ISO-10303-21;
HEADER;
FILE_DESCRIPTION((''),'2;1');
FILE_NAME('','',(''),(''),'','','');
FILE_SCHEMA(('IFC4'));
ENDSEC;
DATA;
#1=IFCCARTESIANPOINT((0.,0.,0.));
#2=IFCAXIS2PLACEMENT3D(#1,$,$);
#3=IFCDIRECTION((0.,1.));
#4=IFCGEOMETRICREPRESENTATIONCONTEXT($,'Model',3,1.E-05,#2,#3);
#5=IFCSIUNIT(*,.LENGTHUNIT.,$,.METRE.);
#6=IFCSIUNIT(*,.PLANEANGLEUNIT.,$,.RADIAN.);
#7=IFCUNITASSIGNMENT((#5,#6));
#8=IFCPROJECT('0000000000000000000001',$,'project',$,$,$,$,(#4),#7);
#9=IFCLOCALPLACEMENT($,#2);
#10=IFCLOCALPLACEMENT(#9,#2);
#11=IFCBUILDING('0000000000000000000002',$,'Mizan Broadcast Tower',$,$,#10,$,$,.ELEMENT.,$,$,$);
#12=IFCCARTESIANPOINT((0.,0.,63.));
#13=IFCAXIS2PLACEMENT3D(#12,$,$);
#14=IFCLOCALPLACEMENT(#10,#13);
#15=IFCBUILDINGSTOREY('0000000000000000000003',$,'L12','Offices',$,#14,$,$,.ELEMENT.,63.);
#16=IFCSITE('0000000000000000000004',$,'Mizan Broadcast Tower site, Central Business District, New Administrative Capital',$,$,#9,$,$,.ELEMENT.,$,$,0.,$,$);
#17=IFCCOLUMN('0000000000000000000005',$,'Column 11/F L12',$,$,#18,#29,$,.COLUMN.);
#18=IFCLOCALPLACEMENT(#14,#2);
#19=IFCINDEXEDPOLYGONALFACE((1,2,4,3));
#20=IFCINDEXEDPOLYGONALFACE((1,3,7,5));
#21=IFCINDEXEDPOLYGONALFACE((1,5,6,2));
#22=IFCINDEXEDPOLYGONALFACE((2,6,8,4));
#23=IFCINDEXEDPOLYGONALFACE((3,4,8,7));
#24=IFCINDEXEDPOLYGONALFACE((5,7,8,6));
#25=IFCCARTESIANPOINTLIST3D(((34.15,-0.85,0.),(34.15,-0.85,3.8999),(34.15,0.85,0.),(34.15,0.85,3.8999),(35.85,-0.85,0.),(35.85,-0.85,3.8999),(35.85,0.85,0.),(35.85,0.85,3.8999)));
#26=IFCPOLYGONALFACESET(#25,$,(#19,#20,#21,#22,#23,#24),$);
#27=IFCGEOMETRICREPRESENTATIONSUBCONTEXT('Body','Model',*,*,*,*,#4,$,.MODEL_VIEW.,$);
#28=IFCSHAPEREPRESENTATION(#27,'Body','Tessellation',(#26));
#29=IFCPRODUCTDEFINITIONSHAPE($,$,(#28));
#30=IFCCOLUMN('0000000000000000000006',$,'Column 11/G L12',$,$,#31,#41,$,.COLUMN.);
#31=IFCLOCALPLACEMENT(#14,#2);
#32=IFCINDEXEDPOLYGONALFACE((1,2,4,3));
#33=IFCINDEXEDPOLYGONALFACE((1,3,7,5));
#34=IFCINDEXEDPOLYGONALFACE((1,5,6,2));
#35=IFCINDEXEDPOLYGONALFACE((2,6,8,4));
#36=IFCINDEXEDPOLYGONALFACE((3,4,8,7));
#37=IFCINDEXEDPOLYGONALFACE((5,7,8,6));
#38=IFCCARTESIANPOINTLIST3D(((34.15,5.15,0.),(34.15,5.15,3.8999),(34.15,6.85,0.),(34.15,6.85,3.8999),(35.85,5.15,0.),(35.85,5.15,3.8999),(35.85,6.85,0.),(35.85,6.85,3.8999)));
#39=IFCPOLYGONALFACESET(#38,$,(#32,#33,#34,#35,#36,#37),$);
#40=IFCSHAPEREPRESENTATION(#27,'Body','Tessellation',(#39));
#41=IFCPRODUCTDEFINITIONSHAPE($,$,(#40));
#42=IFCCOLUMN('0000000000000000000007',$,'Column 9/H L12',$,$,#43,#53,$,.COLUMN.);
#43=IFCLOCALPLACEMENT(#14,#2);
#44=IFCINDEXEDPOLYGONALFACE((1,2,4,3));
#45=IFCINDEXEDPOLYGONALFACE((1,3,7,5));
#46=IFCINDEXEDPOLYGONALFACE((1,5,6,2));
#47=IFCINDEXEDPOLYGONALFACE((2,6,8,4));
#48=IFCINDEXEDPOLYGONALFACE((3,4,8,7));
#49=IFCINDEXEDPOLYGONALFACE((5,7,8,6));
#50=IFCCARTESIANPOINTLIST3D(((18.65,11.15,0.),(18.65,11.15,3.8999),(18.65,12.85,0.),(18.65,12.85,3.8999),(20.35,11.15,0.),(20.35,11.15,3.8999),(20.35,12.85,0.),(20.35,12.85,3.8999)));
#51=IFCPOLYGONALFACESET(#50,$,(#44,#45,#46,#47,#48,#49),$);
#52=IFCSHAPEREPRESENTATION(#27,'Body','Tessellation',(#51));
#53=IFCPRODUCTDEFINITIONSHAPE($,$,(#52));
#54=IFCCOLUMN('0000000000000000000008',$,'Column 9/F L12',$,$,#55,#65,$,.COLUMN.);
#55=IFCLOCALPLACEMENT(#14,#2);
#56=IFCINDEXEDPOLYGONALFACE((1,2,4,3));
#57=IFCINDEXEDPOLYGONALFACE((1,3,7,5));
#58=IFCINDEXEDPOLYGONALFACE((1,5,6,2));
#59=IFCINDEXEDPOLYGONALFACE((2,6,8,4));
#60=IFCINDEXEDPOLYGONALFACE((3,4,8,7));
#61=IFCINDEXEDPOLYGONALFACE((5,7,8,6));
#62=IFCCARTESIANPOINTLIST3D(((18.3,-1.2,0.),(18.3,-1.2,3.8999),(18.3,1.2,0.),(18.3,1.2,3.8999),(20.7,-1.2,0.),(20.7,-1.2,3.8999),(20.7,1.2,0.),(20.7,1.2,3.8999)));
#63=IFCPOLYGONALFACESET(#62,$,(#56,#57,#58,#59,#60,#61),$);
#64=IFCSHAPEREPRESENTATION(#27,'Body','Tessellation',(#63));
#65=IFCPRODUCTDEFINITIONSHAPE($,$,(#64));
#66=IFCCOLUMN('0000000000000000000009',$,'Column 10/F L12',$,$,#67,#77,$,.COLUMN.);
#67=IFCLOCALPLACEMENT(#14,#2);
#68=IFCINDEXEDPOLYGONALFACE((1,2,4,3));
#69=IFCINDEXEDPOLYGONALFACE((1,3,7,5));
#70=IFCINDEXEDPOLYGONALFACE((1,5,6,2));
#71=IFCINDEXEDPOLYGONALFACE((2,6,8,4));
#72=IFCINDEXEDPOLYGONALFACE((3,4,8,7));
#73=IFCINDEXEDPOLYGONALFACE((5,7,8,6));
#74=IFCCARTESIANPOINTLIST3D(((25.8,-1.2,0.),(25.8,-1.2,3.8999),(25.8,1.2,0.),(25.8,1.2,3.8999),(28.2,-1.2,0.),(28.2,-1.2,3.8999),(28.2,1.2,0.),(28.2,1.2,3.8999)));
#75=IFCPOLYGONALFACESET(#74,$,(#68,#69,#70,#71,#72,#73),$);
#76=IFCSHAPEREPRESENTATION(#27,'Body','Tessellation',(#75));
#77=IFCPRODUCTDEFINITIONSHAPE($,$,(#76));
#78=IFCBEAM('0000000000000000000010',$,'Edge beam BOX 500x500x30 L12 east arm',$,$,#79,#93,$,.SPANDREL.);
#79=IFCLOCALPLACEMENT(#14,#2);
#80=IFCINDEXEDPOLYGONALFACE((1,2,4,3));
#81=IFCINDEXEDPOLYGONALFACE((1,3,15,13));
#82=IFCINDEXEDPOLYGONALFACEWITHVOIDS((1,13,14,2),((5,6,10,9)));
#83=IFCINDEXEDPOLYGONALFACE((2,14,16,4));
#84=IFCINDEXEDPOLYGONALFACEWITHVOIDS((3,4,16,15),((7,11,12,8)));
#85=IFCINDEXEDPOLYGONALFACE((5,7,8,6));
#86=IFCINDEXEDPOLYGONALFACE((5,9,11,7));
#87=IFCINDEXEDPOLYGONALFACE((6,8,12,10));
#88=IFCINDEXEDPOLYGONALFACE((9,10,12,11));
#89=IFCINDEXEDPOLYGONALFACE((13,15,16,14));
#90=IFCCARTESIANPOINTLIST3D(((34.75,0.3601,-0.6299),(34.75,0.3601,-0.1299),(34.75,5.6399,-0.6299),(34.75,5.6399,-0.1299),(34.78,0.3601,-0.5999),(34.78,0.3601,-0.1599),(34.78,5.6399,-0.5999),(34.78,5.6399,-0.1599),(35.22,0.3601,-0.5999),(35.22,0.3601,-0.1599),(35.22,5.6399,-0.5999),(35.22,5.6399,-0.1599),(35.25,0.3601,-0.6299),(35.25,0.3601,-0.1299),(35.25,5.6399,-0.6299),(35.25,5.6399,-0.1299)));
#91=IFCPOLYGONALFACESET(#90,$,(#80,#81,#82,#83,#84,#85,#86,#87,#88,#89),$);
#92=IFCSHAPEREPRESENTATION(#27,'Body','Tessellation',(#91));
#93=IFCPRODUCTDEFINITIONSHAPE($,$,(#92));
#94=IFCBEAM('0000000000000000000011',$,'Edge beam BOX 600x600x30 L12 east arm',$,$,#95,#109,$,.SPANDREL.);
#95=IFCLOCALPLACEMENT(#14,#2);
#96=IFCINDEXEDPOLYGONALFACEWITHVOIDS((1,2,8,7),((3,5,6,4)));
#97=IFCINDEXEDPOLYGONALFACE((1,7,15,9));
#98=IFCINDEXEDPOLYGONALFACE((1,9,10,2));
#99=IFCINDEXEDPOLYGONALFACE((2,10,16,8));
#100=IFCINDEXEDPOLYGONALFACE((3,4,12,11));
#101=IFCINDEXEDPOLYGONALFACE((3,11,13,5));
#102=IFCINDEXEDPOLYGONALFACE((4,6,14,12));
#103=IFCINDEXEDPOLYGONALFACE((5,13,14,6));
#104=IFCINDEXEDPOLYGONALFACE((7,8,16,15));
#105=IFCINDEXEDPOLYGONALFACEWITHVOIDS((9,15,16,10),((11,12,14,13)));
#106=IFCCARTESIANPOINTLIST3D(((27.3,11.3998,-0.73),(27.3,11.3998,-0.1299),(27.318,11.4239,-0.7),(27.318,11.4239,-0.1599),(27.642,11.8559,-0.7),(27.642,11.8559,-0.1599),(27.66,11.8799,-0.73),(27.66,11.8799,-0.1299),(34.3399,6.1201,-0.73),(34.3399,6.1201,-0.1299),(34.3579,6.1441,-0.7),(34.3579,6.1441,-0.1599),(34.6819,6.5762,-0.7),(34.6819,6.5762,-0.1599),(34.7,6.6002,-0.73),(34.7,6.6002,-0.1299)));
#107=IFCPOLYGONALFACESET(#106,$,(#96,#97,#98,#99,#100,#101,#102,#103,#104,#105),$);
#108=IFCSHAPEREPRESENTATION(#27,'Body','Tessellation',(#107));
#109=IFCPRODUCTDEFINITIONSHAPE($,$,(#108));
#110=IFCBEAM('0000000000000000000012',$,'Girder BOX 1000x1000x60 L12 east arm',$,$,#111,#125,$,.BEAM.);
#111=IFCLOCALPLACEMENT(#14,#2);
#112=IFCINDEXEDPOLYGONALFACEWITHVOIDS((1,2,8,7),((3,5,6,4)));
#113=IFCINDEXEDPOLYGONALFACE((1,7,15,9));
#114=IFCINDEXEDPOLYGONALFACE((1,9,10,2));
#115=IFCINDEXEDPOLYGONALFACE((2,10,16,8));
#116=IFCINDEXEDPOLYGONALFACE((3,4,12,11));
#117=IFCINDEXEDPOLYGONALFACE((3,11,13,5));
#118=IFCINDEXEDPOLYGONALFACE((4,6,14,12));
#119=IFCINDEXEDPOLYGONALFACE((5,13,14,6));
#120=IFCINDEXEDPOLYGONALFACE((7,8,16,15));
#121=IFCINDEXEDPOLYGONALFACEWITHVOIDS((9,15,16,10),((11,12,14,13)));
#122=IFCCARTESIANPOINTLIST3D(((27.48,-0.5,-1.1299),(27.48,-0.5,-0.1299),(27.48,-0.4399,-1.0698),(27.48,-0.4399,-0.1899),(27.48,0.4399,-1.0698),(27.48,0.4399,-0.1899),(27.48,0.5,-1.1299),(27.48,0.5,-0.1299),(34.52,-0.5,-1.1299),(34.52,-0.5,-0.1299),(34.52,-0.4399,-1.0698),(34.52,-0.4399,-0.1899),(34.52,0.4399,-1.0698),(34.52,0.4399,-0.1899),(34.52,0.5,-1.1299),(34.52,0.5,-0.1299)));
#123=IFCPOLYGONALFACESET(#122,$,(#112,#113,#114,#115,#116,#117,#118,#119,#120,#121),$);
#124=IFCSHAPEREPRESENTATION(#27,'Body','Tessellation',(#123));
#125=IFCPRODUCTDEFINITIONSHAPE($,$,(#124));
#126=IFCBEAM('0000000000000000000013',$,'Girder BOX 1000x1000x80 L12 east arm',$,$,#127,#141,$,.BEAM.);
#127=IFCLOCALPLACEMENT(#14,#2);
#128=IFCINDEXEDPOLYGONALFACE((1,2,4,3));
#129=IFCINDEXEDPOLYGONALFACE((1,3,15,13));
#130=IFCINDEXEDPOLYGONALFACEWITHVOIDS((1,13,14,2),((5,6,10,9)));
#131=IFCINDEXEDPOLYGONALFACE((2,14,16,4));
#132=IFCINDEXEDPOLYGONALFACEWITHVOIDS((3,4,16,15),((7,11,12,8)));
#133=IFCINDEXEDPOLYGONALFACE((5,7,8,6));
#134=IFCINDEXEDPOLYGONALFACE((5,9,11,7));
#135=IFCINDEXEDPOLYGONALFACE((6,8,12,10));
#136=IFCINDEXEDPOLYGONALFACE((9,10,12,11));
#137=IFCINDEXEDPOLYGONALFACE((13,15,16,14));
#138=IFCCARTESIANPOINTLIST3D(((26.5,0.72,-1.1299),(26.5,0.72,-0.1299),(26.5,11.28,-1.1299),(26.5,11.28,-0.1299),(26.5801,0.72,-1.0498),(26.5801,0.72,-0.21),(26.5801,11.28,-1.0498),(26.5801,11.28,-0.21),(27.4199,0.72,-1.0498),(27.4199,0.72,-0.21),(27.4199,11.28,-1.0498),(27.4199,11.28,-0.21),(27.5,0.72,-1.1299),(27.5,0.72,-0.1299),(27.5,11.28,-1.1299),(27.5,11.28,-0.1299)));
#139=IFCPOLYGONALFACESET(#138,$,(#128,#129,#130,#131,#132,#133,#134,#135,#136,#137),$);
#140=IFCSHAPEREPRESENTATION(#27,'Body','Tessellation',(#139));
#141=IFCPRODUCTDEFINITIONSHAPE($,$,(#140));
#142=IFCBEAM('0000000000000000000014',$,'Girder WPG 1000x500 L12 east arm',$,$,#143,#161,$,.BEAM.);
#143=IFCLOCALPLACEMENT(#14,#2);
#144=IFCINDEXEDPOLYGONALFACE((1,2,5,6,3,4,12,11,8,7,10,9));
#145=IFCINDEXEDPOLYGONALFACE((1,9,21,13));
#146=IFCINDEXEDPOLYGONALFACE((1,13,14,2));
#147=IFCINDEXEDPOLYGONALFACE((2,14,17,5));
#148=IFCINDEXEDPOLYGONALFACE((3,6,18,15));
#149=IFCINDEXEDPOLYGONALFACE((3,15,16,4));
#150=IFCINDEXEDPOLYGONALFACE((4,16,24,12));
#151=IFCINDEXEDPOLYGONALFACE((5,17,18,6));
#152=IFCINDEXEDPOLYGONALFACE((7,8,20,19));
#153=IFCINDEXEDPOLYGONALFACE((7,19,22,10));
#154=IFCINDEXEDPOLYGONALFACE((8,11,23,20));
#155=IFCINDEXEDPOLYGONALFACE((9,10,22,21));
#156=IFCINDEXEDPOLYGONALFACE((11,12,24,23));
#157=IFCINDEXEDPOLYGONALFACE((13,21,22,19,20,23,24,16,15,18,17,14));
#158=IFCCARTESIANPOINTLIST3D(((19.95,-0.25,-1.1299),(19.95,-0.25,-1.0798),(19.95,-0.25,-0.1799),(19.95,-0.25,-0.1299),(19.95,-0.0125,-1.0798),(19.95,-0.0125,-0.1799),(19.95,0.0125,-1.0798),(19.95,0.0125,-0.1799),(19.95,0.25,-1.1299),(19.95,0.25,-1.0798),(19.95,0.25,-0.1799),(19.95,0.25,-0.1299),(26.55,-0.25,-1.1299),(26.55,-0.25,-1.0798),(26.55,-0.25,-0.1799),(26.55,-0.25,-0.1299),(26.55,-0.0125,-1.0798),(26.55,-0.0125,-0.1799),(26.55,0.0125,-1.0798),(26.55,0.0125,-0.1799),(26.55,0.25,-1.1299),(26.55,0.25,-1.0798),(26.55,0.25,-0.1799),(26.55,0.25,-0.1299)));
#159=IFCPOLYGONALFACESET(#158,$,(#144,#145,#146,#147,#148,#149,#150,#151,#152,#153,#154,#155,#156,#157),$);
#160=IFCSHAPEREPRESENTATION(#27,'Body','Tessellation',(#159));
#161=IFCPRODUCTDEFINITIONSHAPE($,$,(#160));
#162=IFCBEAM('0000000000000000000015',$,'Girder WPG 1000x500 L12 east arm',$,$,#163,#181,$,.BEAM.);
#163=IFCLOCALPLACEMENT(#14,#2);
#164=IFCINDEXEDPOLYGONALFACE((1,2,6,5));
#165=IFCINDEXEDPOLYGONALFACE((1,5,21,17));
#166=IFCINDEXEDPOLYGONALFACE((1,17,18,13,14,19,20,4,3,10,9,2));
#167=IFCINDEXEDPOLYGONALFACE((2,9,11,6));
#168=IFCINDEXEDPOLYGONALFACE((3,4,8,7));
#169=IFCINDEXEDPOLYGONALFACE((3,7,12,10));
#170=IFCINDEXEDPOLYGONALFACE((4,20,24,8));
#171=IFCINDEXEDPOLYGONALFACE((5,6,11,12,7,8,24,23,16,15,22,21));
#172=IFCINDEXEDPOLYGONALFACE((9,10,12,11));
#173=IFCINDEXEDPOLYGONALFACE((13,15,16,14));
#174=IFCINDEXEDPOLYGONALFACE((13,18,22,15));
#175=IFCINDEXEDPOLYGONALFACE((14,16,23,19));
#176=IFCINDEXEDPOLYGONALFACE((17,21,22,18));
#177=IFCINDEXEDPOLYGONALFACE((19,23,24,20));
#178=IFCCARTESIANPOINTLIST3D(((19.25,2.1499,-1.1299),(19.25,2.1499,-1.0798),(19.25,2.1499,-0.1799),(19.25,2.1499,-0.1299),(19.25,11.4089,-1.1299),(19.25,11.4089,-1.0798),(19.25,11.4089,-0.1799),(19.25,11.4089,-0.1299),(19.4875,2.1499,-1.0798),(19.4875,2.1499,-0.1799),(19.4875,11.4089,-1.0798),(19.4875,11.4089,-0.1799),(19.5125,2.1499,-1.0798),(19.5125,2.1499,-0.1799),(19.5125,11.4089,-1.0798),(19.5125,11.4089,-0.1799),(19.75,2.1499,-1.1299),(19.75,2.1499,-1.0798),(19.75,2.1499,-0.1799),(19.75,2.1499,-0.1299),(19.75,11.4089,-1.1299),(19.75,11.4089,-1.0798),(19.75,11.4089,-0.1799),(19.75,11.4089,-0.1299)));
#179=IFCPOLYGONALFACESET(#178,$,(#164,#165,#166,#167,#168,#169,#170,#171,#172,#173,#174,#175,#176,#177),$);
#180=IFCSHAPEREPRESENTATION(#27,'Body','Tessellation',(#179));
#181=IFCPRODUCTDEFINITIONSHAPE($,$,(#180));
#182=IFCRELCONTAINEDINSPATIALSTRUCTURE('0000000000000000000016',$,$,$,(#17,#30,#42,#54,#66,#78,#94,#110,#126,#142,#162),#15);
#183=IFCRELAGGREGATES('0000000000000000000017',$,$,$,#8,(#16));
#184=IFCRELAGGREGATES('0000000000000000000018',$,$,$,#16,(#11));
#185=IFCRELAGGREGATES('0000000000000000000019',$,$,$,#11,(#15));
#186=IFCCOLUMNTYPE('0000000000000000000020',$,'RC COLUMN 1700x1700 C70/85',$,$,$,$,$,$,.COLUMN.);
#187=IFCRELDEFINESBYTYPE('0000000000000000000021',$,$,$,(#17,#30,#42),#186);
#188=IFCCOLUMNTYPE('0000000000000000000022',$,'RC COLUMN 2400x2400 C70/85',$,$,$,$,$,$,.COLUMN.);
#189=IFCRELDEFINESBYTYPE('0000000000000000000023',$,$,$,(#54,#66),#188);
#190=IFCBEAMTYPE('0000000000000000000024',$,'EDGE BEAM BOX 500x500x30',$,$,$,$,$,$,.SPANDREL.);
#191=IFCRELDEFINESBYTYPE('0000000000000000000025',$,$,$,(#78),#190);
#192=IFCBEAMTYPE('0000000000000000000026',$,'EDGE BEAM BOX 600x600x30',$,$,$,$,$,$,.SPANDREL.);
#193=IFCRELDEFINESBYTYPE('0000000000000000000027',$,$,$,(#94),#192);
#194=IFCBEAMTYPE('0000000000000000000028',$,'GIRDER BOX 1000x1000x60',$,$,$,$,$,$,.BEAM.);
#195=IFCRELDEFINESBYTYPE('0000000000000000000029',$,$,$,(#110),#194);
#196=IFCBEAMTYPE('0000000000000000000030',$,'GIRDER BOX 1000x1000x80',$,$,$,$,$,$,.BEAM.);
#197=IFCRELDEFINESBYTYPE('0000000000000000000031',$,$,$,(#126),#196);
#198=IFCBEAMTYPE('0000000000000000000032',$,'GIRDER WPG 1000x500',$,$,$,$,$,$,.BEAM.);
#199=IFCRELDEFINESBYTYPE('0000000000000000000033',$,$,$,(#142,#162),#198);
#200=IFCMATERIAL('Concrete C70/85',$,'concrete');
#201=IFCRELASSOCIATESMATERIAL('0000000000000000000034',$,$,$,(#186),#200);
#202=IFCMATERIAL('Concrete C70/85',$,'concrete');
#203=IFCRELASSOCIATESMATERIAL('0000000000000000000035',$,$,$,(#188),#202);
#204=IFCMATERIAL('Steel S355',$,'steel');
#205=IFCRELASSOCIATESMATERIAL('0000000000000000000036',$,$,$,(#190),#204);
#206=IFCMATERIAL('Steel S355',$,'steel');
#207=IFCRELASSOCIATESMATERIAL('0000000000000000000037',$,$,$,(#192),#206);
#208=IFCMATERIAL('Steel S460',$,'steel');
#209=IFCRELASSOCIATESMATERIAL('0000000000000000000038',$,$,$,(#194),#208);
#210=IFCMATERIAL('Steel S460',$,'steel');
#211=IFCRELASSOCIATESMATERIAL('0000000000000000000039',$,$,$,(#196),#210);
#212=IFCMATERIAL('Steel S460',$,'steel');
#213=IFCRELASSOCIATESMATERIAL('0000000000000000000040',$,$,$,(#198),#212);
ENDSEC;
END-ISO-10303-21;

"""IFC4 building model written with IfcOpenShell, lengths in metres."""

from ifc_helpers import new_model, si_unit, direction, frame, origin, origin_2d, place, context, subcontext, project, spatial, rectangle, hollow_rectangle, i_section, extrude, material, material_profile, profile_set, type_object, element, save


model = new_model("IFC4")

# Units and contexts
model_context = context("Model", 3, precision=1e-05, world=origin(), true_north=direction((0.0, 1.0)))
body_context = subcontext(model_context, "Body", "Model", "MODEL_VIEW")
ifc_project = project(units=[si_unit("LENGTHUNIT", "METRE"), si_unit("PLANEANGLEUNIT", "RADIAN")], contexts=[model_context])

# Site, building, storey
site_placement = place(None, origin())
site = spatial("IfcSite", under=ifc_project, at=site_placement, Name="Mizan Broadcast Tower site, Central Business District, New Administrative Capital", CompositionType="ELEMENT", RefElevation=0.0)
building_placement = place(site_placement, origin())
building = spatial("IfcBuilding", under=site, at=building_placement, Name="Mizan Broadcast Tower", CompositionType="ELEMENT")
storey_placement = place(building_placement, frame((0.0, 0.0, 63.0)))
storey = spatial("IfcBuildingStorey", under=building, at=storey_placement, Name="L12", Description="Offices", CompositionType="ELEMENT", Elevation=63.0)

# Columns
ifc_material_1 = material(Name="Concrete C70/85", Category="concrete")
ifc_material_profile_1 = material_profile(ifc_material_1, rectangle(XDim=1.7, YDim=1.7, at=origin_2d()), Name="RC 1700x1700")
ifc_profile_set_1 = profile_set([ifc_material_profile_1], Name="Concrete C70/85")
column_type_1 = type_object("IfcColumnType", Name="RC COLUMN 1700x1700 C70/85", PredefinedType="COLUMN", material=ifc_profile_set_1)
for number, where, z_axis, x_axis, name in (
    (1, (35.0, 0.0, 0.0), (0.0, 0.0, 1.0), (1.0, 0.0, 0.0), "Column 11/F L12"),
    (2, (35.0, 6.0, 0.0), (0.0, 0.0, 1.0), (1.0, 0.0, 0.0), "Column 11/G L12"),
    (3, (19.5, 12.0, 0.0), (0.0, 0.0, 1.0), (1.0, 0.0, 0.0), "Column 9/H L12"),
):
    element("IfcColumn", number, at=place(storey_placement, frame(where, z_axis=z_axis, x_axis=x_axis)), inside=storey, type_object=column_type_1, Name=name, PredefinedType="COLUMN", context=body_context, shape_type="SweptSolid", body=[
        extrude(rectangle(XDim=1.7, YDim=1.7, at=origin_2d()), origin(), (0.0, 0.0, 1.0), 3.8999),
    ])
ifc_material_2 = material(Name="Concrete C70/85", Category="concrete")
ifc_material_profile_2 = material_profile(ifc_material_2, rectangle(XDim=2.3999, YDim=2.3999, at=origin_2d()), Name="RC 2400x2400")
ifc_profile_set_2 = profile_set([ifc_material_profile_2], Name="Concrete C70/85")
column_type_2 = type_object("IfcColumnType", Name="RC COLUMN 2400x2400 C70/85", PredefinedType="COLUMN", material=ifc_profile_set_2)
for number, where, z_axis, x_axis, name in (
    (4, (19.5, 0.0, 0.0), (0.0, 0.0, 1.0), (1.0, 0.0, 0.0), "Column 9/F L12"),
    (5, (27.0, 0.0, 0.0), (0.0, 0.0, 1.0), (1.0, 0.0, 0.0), "Column 10/F L12"),
):
    element("IfcColumn", number, at=place(storey_placement, frame(where, z_axis=z_axis, x_axis=x_axis)), inside=storey, type_object=column_type_2, Name=name, PredefinedType="COLUMN", context=body_context, shape_type="SweptSolid", body=[
        extrude(rectangle(XDim=2.3999, YDim=2.3999, at=origin_2d()), origin(), (0.0, 0.0, 1.0), 3.8999),
    ])

# Beams
ifc_material_3 = material(Name="Steel S355", Category="steel")
ifc_material_profile_3 = material_profile(ifc_material_3, hollow_rectangle(XDim=0.5, YDim=0.5, WallThickness=0.03, at=origin_2d()), Name="BOX 500x500x30")
ifc_profile_set_3 = profile_set([ifc_material_profile_3], Name="Steel S355")
beam_type_1 = type_object("IfcBeamType", Name="EDGE BEAM BOX 500x500x30", PredefinedType="SPANDREL", material=ifc_profile_set_3)
beam_1_placement = place(storey_placement, frame((35.0, 5.6399, -0.3799), z_axis=(0.0, -1.0, 0.0), x_axis=(1.0, 0.0, 0.0)))
element("IfcBeam", 6, at=beam_1_placement, inside=storey, type_object=beam_type_1, Name="Edge beam BOX 500x500x30 L12 east arm", PredefinedType="SPANDREL", context=body_context, shape_type="SweptSolid", body=[
    extrude(hollow_rectangle(XDim=0.5, YDim=0.5, WallThickness=0.03, at=origin_2d()), origin(), (0.0, 0.0, 1.0), 5.2798),
])
ifc_material_4 = material(Name="Steel S355", Category="steel")
ifc_material_profile_4 = material_profile(ifc_material_4, hollow_rectangle(XDim=0.6001, YDim=0.6001, WallThickness=0.03, at=origin_2d()), Name="BOX 600x600x30")
ifc_profile_set_4 = profile_set([ifc_material_profile_4], Name="Steel S355")
beam_type_2 = type_object("IfcBeamType", Name="EDGE BEAM BOX 600x600x30", PredefinedType="SPANDREL", material=ifc_profile_set_4)
beam_2_placement = place(storey_placement, frame((27.48, 11.6399, -0.4299), z_axis=(0.800013, -0.599982, 0.0), x_axis=(0.599982, 0.800013, 0.0)))
element("IfcBeam", 7, at=beam_2_placement, inside=storey, type_object=beam_type_2, Name="Edge beam BOX 600x600x30 L12 east arm", PredefinedType="SPANDREL", context=body_context, shape_type="SweptSolid", body=[
    extrude(hollow_rectangle(XDim=0.6001, YDim=0.6001, WallThickness=0.03, at=origin_2d()), origin(), (0.0, 0.0, 1.0), 8.7998),
])
ifc_material_5 = material(Name="Steel S460", Category="steel")
ifc_material_profile_5 = material_profile(ifc_material_5, hollow_rectangle(XDim=1.0, YDim=1.0, WallThickness=0.0601, at=origin_2d()), Name="BOX 1000x1000x60")
ifc_profile_set_5 = profile_set([ifc_material_profile_5], Name="Steel S460")
beam_type_3 = type_object("IfcBeamType", Name="GIRDER BOX 1000x1000x60", PredefinedType="BEAM", material=ifc_profile_set_5)
beam_3_placement = place(storey_placement, frame((27.48, 0.0, -0.6299), z_axis=(1.0, 0.0, 0.0), x_axis=(0.0, 1.0, 0.0)))
element("IfcBeam", 8, at=beam_3_placement, inside=storey, type_object=beam_type_3, Name="Girder BOX 1000x1000x60 L12 east arm", PredefinedType="BEAM", context=body_context, shape_type="SweptSolid", body=[
    extrude(hollow_rectangle(XDim=1.0, YDim=1.0, WallThickness=0.0601, at=origin_2d()), origin(), (0.0, 0.0, 1.0), 7.04),
])
ifc_material_6 = material(Name="Steel S460", Category="steel")
ifc_material_profile_6 = material_profile(ifc_material_6, hollow_rectangle(XDim=1.0, YDim=1.0, WallThickness=0.0801, at=origin_2d()), Name="BOX 1000x1000x80")
ifc_profile_set_6 = profile_set([ifc_material_profile_6], Name="Steel S460")
beam_type_4 = type_object("IfcBeamType", Name="GIRDER BOX 1000x1000x80", PredefinedType="BEAM", material=ifc_profile_set_6)
beam_4_placement = place(storey_placement, frame((27.0, 11.28, -0.6299), z_axis=(0.0, -1.0, 0.0), x_axis=(1.0, 0.0, 0.0)))
element("IfcBeam", 9, at=beam_4_placement, inside=storey, type_object=beam_type_4, Name="Girder BOX 1000x1000x80 L12 east arm", PredefinedType="BEAM", context=body_context, shape_type="SweptSolid", body=[
    extrude(hollow_rectangle(XDim=1.0, YDim=1.0, WallThickness=0.0801, at=origin_2d()), origin(), (0.0, 0.0, 1.0), 10.5601),
])
ifc_material_7 = material(Name="Steel S460", Category="steel")
ifc_material_profile_7 = material_profile(ifc_material_7, i_section(OverallWidth=0.5, OverallDepth=1.0, WebThickness=0.0249, FlangeThickness=0.05, at=origin_2d()), Name="WPG 1000x500")
ifc_profile_set_7 = profile_set([ifc_material_profile_7], Name="Steel S460")
beam_type_5 = type_object("IfcBeamType", Name="GIRDER WPG 1000x500", PredefinedType="BEAM", material=ifc_profile_set_7)
beam_5_placement = place(storey_placement, frame((19.95, 0.0, -0.6299), z_axis=(1.0, 0.0, 0.0), x_axis=(0.0, 1.0, 0.0)))
element("IfcBeam", 10, at=beam_5_placement, inside=storey, type_object=beam_type_5, Name="Girder WPG 1000x500 L12 east arm", PredefinedType="BEAM", context=body_context, shape_type="SweptSolid", body=[
    extrude(i_section(OverallWidth=0.5, OverallDepth=1.0, WebThickness=0.0249, FlangeThickness=0.05, at=origin_2d()), origin(), (0.0, 0.0, 1.0), 6.6001),
])
beam_6_placement = place(storey_placement, frame((19.5, 11.4089, -0.6299), z_axis=(0.0, -1.0, 0.0), x_axis=(1.0, 0.0, 0.0)))
element("IfcBeam", 11, at=beam_6_placement, inside=storey, type_object=beam_type_5, Name="Girder WPG 1000x500 L12 east arm", PredefinedType="BEAM", context=body_context, shape_type="SweptSolid", body=[
    extrude(i_section(OverallWidth=0.5, OverallDepth=1.0, WebThickness=0.0249, FlangeThickness=0.05, at=origin_2d()), origin(), (0.0, 0.0, 1.0), 9.259),
])

save(model, "model.ifc")
